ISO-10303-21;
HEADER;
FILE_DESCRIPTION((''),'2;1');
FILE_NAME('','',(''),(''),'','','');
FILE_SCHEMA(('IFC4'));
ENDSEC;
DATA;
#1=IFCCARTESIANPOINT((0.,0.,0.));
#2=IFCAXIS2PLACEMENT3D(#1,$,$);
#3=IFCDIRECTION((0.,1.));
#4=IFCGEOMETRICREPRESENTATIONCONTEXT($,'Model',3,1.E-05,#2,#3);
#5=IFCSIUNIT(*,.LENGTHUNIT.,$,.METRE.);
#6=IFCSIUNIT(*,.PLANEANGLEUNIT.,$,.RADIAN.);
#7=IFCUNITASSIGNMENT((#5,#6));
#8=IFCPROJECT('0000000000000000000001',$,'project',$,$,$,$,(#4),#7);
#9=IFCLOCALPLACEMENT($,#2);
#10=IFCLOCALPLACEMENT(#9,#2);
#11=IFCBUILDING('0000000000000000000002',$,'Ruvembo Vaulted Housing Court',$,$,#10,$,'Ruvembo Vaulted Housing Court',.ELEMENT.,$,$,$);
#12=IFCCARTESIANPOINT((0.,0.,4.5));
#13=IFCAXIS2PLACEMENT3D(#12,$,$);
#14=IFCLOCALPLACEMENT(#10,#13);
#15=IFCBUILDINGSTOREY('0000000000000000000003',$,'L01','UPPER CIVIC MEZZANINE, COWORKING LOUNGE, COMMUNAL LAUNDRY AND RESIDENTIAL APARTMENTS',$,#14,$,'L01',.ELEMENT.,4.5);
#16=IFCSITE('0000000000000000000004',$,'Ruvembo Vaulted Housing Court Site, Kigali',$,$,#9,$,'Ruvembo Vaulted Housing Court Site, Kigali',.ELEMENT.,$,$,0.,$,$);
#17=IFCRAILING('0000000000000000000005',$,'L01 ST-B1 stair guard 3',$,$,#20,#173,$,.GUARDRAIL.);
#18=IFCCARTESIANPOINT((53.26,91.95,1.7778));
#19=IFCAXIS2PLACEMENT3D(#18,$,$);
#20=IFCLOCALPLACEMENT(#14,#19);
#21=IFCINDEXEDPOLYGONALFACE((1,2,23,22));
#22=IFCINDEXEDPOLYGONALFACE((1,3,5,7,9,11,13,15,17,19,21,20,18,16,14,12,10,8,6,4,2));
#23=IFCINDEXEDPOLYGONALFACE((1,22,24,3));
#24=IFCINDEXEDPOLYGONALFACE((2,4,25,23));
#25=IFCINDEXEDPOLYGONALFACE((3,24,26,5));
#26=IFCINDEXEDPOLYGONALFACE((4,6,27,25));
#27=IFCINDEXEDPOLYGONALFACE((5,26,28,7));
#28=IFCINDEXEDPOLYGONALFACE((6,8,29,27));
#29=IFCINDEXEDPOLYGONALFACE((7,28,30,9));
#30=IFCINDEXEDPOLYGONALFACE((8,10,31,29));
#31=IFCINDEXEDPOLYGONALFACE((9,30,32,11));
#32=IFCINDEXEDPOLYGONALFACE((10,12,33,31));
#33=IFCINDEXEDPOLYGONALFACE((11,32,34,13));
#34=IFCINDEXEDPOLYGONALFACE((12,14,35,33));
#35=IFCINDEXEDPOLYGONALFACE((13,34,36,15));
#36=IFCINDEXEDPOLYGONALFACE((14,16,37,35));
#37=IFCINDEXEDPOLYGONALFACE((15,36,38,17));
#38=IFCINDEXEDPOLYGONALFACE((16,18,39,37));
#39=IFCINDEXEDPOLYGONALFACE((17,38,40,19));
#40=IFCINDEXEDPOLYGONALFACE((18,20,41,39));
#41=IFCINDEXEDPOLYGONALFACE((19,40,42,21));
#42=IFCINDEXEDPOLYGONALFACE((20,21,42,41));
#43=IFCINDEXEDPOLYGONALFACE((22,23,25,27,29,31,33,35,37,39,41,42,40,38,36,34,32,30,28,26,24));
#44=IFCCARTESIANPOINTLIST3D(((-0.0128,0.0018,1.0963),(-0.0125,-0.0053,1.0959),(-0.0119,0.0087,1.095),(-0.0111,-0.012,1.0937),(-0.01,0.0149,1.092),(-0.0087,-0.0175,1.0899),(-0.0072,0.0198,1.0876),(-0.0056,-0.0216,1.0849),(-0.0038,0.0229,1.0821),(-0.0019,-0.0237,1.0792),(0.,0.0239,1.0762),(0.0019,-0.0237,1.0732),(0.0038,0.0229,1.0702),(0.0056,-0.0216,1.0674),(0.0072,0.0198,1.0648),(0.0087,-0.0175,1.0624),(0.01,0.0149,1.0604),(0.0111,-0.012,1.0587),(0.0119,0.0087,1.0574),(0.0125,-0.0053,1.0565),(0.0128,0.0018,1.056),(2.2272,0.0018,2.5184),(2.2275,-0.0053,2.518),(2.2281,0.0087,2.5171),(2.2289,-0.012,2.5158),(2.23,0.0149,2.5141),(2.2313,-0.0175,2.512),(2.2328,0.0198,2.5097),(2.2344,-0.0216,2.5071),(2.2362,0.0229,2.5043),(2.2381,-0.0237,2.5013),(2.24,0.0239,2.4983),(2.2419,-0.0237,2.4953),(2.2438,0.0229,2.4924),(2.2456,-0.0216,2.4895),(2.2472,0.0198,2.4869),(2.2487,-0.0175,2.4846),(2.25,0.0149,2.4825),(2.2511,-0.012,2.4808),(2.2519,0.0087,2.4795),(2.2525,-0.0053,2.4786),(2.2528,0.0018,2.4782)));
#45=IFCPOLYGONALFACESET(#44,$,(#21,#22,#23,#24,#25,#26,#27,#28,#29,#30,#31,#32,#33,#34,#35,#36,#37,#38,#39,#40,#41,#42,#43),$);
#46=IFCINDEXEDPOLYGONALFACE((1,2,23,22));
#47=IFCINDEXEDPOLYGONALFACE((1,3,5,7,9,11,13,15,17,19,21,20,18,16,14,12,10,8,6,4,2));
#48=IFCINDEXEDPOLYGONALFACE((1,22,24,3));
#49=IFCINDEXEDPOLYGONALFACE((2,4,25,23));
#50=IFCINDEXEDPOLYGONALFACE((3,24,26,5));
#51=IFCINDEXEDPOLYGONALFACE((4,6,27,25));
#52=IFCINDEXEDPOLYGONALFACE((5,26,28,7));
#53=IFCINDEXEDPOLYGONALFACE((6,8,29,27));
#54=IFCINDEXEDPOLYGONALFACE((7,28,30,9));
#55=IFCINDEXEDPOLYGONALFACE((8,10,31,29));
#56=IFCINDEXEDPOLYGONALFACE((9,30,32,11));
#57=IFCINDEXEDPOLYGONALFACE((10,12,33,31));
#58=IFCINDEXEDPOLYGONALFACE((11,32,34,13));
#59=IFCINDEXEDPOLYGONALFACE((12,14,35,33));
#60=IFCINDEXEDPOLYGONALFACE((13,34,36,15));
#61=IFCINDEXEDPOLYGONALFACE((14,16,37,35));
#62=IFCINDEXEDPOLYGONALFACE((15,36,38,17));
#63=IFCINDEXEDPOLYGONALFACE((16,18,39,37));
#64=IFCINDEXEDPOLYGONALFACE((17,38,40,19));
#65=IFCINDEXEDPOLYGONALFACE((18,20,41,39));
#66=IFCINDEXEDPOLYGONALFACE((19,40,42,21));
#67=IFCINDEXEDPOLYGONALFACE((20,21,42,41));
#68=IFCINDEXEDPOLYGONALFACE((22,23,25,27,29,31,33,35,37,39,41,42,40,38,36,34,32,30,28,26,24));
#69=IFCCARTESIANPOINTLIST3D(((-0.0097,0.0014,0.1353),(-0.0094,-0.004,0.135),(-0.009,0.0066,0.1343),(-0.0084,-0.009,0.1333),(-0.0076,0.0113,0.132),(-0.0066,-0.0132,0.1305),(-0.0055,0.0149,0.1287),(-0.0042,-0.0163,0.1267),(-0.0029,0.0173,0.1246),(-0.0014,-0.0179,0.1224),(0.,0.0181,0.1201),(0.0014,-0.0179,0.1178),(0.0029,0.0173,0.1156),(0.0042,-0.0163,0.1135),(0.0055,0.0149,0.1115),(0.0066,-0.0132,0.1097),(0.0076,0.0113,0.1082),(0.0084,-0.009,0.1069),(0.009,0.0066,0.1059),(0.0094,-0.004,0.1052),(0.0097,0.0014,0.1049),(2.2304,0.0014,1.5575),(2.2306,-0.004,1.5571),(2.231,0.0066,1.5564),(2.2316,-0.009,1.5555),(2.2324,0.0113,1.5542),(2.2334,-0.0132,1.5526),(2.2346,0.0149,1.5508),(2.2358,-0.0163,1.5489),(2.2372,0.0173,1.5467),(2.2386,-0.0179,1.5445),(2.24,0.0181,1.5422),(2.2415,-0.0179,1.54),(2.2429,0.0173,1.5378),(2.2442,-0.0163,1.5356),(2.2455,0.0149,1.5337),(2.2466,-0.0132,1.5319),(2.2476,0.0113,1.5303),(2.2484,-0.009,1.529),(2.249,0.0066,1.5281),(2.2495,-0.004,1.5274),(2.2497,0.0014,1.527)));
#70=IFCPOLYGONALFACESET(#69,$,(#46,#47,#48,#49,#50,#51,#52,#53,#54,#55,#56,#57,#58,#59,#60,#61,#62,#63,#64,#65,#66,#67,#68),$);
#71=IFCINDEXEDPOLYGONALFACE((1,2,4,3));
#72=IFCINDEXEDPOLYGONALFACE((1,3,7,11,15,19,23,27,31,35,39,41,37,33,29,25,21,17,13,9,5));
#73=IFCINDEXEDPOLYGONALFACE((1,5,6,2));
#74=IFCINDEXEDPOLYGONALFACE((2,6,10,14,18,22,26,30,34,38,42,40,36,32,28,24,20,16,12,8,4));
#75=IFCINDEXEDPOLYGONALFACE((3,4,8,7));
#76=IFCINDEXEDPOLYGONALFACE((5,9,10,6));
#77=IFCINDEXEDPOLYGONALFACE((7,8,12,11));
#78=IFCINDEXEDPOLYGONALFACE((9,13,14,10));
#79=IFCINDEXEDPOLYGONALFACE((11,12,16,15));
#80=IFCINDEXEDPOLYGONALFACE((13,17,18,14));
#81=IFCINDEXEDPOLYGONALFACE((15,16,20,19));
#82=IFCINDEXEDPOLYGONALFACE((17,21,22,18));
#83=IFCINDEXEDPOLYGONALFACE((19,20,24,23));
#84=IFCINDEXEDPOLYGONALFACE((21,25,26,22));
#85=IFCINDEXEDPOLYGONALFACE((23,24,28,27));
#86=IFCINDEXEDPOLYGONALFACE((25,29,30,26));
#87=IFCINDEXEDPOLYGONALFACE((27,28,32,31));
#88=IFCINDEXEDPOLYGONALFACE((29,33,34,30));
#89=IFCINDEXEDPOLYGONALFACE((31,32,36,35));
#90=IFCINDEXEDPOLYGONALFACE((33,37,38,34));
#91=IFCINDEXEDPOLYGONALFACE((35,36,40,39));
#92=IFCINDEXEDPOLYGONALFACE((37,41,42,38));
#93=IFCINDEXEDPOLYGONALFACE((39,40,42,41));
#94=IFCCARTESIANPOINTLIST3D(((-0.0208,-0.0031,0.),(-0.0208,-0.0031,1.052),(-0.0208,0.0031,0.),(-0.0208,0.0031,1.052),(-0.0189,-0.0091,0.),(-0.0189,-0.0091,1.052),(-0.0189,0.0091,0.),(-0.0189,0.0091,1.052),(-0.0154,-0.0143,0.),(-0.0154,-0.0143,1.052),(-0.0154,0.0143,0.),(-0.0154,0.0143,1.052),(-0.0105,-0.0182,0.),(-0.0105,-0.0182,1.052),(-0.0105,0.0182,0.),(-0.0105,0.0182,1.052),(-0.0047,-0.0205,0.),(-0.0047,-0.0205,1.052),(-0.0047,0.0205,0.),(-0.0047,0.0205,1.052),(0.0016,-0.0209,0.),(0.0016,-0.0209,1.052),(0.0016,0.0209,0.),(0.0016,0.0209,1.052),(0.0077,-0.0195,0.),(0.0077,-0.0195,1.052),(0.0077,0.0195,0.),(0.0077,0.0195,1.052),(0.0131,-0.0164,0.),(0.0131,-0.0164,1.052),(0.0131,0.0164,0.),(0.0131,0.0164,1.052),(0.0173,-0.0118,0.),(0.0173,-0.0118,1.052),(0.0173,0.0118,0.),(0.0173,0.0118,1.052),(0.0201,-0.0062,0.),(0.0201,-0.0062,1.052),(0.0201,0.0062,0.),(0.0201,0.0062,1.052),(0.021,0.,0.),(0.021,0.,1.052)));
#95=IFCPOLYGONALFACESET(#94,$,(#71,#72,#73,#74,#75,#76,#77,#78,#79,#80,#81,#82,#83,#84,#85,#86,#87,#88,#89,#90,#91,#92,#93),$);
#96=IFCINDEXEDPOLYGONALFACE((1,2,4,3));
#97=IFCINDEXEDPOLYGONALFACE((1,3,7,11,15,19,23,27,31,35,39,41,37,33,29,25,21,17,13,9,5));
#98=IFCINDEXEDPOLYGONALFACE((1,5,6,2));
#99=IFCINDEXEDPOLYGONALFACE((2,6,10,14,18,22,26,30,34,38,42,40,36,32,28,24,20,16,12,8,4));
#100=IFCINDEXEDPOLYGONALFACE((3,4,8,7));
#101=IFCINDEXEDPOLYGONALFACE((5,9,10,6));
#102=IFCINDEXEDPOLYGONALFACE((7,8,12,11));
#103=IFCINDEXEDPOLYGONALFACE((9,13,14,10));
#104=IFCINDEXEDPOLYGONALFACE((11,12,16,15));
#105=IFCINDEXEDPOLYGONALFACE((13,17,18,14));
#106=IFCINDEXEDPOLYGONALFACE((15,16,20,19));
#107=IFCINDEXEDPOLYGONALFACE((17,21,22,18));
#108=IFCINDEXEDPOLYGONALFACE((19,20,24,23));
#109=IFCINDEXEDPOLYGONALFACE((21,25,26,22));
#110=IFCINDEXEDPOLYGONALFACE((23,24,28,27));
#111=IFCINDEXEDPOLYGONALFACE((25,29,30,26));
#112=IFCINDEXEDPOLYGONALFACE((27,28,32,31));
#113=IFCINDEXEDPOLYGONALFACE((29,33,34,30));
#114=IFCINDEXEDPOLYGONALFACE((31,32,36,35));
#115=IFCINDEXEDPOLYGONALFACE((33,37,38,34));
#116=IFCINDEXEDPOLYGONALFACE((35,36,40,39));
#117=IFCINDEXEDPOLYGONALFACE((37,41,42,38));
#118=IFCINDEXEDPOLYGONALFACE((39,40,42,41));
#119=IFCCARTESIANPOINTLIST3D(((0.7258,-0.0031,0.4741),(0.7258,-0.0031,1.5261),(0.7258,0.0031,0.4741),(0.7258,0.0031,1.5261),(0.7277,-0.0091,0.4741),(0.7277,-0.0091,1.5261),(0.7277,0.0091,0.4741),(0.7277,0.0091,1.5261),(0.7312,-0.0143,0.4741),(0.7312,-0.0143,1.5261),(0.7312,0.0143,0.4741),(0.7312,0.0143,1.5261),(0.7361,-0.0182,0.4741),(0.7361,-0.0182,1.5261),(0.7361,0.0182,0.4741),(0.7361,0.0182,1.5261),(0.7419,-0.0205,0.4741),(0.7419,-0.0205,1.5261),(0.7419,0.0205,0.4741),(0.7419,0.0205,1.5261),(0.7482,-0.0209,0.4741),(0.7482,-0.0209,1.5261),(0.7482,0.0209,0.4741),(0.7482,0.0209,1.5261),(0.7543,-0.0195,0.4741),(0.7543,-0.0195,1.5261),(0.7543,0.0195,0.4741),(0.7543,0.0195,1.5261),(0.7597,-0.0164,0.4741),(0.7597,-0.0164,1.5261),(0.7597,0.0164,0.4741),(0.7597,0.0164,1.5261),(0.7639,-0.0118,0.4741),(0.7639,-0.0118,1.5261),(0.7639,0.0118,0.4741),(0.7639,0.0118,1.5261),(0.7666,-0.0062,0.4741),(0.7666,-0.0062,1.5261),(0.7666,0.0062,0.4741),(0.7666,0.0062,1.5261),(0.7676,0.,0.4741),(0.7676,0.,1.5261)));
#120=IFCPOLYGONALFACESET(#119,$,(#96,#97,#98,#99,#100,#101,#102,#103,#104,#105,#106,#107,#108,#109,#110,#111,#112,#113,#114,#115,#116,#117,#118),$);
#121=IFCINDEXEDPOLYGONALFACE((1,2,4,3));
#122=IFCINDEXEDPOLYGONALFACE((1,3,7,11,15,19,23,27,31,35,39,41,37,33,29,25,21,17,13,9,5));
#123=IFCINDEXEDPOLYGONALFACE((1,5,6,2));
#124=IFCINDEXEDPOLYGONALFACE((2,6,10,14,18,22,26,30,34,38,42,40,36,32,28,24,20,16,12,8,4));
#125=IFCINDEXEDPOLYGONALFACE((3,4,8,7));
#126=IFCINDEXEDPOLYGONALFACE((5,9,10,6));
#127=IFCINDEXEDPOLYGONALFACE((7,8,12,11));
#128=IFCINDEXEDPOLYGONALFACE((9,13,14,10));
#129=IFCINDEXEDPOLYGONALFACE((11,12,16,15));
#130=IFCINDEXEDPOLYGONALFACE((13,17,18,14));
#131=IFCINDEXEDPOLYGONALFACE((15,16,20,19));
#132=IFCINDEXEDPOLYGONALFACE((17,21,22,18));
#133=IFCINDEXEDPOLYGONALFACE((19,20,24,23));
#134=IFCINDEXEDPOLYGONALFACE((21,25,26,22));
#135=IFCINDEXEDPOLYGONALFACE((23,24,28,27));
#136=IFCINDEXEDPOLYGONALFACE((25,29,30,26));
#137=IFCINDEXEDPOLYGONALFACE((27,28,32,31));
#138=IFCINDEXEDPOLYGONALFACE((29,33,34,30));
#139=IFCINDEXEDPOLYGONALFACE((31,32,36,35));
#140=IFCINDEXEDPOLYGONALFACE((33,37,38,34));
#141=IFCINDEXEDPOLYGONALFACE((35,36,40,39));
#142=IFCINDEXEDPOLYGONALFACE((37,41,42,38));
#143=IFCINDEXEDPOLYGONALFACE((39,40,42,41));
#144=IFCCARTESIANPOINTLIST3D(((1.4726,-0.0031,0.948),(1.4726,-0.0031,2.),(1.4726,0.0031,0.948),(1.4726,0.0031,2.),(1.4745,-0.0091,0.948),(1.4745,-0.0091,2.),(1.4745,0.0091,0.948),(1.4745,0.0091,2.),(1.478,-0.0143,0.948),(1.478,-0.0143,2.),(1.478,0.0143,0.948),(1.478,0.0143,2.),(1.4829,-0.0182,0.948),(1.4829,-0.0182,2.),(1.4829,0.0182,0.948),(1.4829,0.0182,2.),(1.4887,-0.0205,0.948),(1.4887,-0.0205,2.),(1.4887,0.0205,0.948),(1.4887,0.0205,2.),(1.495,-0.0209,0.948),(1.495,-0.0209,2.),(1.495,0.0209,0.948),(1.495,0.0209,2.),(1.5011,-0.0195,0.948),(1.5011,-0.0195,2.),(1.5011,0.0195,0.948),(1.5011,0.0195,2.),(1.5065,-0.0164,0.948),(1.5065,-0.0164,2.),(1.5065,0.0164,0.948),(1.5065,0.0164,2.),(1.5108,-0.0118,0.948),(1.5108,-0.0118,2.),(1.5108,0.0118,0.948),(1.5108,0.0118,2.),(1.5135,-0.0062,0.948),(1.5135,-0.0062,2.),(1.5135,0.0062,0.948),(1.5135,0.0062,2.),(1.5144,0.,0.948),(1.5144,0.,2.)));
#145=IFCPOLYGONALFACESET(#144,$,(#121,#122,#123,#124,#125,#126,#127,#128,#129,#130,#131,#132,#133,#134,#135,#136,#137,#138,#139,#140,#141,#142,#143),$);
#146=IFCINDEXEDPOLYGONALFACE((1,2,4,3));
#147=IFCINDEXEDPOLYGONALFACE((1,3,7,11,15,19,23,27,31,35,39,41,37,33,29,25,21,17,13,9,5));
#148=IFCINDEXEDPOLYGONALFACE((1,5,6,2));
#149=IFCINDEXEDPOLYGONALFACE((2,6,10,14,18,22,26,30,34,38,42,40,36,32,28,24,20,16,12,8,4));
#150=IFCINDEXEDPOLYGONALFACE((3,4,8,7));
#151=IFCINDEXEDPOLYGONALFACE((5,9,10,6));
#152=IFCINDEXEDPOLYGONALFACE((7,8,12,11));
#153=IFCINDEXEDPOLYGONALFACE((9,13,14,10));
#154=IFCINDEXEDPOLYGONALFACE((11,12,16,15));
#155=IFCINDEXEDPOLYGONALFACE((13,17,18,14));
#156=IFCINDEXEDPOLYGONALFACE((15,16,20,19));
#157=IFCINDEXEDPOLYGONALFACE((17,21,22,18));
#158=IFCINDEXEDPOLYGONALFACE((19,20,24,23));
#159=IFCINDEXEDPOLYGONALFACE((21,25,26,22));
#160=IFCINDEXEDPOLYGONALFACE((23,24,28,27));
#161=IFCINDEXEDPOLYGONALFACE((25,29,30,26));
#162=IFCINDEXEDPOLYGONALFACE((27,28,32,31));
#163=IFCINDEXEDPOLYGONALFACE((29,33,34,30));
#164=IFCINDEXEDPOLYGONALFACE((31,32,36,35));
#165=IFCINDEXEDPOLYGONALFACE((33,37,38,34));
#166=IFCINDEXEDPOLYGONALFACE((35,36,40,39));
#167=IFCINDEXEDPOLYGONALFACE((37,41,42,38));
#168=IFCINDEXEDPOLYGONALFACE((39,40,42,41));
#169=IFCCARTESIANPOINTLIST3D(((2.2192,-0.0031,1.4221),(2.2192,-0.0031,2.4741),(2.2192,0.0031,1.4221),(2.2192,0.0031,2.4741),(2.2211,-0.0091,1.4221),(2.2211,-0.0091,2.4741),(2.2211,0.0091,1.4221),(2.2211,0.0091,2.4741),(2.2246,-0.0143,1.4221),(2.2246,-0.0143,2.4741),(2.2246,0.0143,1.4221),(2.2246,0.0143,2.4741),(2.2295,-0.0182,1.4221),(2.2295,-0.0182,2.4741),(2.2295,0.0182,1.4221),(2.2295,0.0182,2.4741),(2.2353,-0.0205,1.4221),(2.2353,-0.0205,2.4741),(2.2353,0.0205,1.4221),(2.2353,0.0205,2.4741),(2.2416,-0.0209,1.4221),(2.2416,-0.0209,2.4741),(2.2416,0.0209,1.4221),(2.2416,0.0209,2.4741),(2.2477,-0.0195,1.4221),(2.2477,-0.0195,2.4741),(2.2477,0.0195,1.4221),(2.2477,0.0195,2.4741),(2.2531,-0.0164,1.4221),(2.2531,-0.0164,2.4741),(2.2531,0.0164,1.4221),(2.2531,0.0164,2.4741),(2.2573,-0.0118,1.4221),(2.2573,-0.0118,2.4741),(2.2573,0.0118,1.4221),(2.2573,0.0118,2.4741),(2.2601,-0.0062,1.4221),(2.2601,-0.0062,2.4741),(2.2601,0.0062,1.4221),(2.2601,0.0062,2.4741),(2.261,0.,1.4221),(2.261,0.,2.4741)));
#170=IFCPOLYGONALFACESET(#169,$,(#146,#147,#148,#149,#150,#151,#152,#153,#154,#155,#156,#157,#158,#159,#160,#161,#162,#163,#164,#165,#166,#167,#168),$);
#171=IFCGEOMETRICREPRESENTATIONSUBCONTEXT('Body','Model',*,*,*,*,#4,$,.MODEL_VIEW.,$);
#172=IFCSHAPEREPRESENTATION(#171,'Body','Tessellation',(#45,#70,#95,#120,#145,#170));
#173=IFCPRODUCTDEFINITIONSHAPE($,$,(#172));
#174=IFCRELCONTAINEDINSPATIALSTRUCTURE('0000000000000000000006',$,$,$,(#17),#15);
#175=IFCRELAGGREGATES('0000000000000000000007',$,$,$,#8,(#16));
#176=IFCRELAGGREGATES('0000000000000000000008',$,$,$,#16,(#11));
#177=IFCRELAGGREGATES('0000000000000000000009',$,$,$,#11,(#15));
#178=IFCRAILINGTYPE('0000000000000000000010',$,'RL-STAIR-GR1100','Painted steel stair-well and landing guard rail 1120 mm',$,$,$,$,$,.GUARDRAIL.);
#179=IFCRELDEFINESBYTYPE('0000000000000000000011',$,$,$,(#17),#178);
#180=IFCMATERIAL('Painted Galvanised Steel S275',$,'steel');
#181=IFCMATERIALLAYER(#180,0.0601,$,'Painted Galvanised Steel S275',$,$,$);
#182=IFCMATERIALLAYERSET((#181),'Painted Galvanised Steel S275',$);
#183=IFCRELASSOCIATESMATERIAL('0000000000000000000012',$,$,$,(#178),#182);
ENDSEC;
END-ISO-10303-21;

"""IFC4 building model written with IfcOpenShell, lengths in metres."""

from ifc_helpers import new_model, si_unit, direction, frame, origin, origin_2d, place, context, subcontext, project, spatial, circle, extrude, material, layer, layer_set, type_object, element, save


model = new_model("IFC4")

# Units and contexts
model_context = context("Model", 3, precision=1e-05, world=origin(), true_north=direction((0.0, 1.0)))
body_context = subcontext(model_context, "Body", "Model", "MODEL_VIEW")
ifc_project = project(units=[si_unit("LENGTHUNIT", "METRE"), si_unit("PLANEANGLEUNIT", "RADIAN")], contexts=[model_context])

# Site, building, storey
site_placement = place(None, origin())
site = spatial("IfcSite", under=ifc_project, at=site_placement, Name="Ruvembo Vaulted Housing Court Site, Kigali", LongName="Ruvembo Vaulted Housing Court Site, Kigali", CompositionType="ELEMENT", RefElevation=0.0)
building_placement = place(site_placement, origin())
building = spatial("IfcBuilding", under=site, at=building_placement, Name="Ruvembo Vaulted Housing Court", LongName="Ruvembo Vaulted Housing Court", CompositionType="ELEMENT")
storey_placement = place(building_placement, frame((0.0, 0.0, 4.5)))
storey = spatial("IfcBuildingStorey", under=building, at=storey_placement, Name="L01", Description="UPPER CIVIC MEZZANINE, COWORKING LOUNGE, COMMUNAL LAUNDRY AND RESIDENTIAL APARTMENTS", LongName="L01", CompositionType="ELEMENT", Elevation=4.5)

# Railing
ifc_material_1 = material(Name="Painted Galvanised Steel S275", Category="steel")
ifc_layer_1 = layer(ifc_material_1, 0.0601, Name="Painted Galvanised Steel S275")
ifc_layer_set_1 = layer_set([ifc_layer_1], Name="Painted Galvanised Steel S275")
railing_type_1 = type_object("IfcRailingType", Name="RL-STAIR-GR1100", Description="Painted steel stair-well and landing guard rail 1120 mm", PredefinedType="GUARDRAIL", material=ifc_layer_set_1)
railing_1_placement = place(storey_placement, frame((53.26, 91.95, 1.7778)))
element("IfcRailing", 1, at=railing_1_placement, inside=storey, type_object=railing_type_1, Name="L01 ST-B1 stair guard 3", PredefinedType="GUARDRAIL", context=body_context, shape_type="SweptSolid", body=[
    extrude(circle(Radius=0.0239, at=origin_2d()), frame((0.0, 0.0, 1.0762), z_axis=(0.844229, 0.0, 0.535982), x_axis=(0.0, 1.0, 0.0)), (0.0, 0.0, 1.0), 2.6533),
    extrude(circle(Radius=0.0181, at=origin_2d()), frame((0.0, 0.0, 0.1201), z_axis=(0.844229, 0.0, 0.535982), x_axis=(0.0, 1.0, 0.0)), (0.0, 0.0, 1.0), 2.6533),
    extrude(circle(Radius=0.021, at=origin_2d()), origin(), (0.0, 0.0, 1.0), 1.052),
    extrude(circle(Radius=0.021, at=origin_2d()), frame((0.7466, 0.0, 0.4741)), (0.0, 0.0, 1.0), 1.052),
    extrude(circle(Radius=0.021, at=origin_2d()), frame((1.4934, 0.0, 0.948)), (0.0, 0.0, 1.0), 1.052),
    extrude(circle(Radius=0.021, at=origin_2d()), frame((2.24, 0.0, 1.4221)), (0.0, 0.0, 1.0), 1.052),
])

save(model, "model.ifc")
